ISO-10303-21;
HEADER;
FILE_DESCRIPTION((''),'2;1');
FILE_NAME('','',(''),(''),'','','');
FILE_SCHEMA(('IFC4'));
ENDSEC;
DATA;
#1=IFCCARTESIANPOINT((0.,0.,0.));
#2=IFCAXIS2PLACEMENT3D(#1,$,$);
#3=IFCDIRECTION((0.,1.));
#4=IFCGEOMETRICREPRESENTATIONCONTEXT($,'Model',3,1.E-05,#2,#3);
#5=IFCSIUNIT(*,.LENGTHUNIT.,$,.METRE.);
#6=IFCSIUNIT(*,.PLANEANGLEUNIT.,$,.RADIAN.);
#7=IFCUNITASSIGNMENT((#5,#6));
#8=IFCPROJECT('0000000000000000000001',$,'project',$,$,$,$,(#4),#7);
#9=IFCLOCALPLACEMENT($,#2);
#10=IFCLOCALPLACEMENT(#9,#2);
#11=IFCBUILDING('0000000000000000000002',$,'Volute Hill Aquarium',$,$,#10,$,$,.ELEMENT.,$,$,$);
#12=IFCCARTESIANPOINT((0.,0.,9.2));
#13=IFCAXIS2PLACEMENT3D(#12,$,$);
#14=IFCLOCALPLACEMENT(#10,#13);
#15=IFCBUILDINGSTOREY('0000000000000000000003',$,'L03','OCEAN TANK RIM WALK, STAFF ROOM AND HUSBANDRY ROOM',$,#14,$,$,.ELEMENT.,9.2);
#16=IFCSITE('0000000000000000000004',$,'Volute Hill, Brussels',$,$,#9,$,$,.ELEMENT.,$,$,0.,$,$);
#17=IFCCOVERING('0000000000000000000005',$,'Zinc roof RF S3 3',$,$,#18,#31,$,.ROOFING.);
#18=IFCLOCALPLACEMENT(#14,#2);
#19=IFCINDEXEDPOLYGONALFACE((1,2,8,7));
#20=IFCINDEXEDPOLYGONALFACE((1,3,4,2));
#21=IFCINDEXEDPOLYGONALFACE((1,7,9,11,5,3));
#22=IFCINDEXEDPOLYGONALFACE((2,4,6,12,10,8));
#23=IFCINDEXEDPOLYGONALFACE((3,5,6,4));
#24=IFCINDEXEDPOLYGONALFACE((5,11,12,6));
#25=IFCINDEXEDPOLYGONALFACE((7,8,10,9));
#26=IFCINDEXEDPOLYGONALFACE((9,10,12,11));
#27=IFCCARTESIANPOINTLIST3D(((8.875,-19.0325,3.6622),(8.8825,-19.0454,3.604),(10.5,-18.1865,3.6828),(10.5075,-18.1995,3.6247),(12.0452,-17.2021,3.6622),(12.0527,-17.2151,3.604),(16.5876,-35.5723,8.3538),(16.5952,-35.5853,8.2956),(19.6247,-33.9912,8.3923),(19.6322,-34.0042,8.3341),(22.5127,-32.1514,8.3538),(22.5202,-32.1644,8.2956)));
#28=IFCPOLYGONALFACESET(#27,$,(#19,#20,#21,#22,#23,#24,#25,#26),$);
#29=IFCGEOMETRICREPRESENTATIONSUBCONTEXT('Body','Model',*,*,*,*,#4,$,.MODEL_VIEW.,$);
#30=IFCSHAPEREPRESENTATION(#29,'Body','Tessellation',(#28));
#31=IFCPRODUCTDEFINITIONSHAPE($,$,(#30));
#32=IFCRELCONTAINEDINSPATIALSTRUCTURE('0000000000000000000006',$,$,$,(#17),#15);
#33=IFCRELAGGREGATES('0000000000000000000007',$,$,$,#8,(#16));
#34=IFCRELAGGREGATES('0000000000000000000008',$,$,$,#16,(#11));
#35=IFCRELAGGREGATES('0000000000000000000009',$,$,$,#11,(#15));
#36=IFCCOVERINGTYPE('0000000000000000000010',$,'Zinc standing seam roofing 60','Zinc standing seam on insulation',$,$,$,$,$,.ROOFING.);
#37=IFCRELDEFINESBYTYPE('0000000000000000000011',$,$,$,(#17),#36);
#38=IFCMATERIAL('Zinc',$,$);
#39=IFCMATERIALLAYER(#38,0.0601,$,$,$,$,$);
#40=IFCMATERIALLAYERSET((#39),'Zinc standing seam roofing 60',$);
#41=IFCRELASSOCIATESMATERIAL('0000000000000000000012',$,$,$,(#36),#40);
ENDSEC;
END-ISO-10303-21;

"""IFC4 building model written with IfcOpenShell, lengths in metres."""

from ifc_helpers import new_model, si_unit, direction, frame, origin, place, context, subcontext, project, spatial, polyline, outline, extrude, material, layer, layer_set, type_object, element, save


model = new_model("IFC4")

# Units and contexts
model_context = context("Model", 3, precision=1e-05, world=origin(), true_north=direction((0.0, 1.0)))
body_context = subcontext(model_context, "Body", "Model", "MODEL_VIEW")
ifc_project = project(units=[si_unit("LENGTHUNIT", "METRE"), si_unit("PLANEANGLEUNIT", "RADIAN")], contexts=[model_context])

# Site, building, storey
site_placement = place(None, origin())
site = spatial("IfcSite", under=ifc_project, at=site_placement, Name="Volute Hill, Brussels", CompositionType="ELEMENT", RefElevation=0.0)
building_placement = place(site_placement, origin())
building = spatial("IfcBuilding", under=site, at=building_placement, Name="Volute Hill Aquarium", CompositionType="ELEMENT")
storey_placement = place(building_placement, frame((0.0, 0.0, 9.2)))
storey = spatial("IfcBuildingStorey", under=building, at=storey_placement, Name="L03", Description="OCEAN TANK RIM WALK, STAFF ROOM AND HUSBANDRY ROOM", CompositionType="ELEMENT", Elevation=9.2)

# Covering
ifc_material_1 = material(Name="Zinc")
ifc_layer_1 = layer(ifc_material_1, 0.0601)
ifc_layer_set_1 = layer_set([ifc_layer_1], Name="Zinc standing seam roofing 60")
covering_type_1 = type_object("IfcCoveringType", Name="Zinc standing seam roofing 60", Description="Zinc standing seam on insulation", PredefinedType="ROOFING", material=ifc_layer_set_1)
covering_1_placement = place(storey_placement, frame((16.5876, -35.5723, 8.3538), z_axis=(-0.124938, 0.216395, 0.968279), x_axis=(0.886944, 0.461741, 0.011251)))
element("IfcCovering", 1, at=covering_1_placement, inside=storey, type_object=covering_type_1, Name="Zinc roof RF S3 3", PredefinedType="ROOFING", context=body_context, shape_type="SweptSolid", body=[
    extrude(outline(polyline([(0.0, 0.0), (3.4242, 0.0), (6.8348, 0.3081), (4.4005, 18.9932), (2.5757, 18.8284), (0.7436, 18.8284), (0.0, 0.0)])), origin(), (0.0, 0.0, -1.0), 0.0601),
])

save(model, "model.ifc")
